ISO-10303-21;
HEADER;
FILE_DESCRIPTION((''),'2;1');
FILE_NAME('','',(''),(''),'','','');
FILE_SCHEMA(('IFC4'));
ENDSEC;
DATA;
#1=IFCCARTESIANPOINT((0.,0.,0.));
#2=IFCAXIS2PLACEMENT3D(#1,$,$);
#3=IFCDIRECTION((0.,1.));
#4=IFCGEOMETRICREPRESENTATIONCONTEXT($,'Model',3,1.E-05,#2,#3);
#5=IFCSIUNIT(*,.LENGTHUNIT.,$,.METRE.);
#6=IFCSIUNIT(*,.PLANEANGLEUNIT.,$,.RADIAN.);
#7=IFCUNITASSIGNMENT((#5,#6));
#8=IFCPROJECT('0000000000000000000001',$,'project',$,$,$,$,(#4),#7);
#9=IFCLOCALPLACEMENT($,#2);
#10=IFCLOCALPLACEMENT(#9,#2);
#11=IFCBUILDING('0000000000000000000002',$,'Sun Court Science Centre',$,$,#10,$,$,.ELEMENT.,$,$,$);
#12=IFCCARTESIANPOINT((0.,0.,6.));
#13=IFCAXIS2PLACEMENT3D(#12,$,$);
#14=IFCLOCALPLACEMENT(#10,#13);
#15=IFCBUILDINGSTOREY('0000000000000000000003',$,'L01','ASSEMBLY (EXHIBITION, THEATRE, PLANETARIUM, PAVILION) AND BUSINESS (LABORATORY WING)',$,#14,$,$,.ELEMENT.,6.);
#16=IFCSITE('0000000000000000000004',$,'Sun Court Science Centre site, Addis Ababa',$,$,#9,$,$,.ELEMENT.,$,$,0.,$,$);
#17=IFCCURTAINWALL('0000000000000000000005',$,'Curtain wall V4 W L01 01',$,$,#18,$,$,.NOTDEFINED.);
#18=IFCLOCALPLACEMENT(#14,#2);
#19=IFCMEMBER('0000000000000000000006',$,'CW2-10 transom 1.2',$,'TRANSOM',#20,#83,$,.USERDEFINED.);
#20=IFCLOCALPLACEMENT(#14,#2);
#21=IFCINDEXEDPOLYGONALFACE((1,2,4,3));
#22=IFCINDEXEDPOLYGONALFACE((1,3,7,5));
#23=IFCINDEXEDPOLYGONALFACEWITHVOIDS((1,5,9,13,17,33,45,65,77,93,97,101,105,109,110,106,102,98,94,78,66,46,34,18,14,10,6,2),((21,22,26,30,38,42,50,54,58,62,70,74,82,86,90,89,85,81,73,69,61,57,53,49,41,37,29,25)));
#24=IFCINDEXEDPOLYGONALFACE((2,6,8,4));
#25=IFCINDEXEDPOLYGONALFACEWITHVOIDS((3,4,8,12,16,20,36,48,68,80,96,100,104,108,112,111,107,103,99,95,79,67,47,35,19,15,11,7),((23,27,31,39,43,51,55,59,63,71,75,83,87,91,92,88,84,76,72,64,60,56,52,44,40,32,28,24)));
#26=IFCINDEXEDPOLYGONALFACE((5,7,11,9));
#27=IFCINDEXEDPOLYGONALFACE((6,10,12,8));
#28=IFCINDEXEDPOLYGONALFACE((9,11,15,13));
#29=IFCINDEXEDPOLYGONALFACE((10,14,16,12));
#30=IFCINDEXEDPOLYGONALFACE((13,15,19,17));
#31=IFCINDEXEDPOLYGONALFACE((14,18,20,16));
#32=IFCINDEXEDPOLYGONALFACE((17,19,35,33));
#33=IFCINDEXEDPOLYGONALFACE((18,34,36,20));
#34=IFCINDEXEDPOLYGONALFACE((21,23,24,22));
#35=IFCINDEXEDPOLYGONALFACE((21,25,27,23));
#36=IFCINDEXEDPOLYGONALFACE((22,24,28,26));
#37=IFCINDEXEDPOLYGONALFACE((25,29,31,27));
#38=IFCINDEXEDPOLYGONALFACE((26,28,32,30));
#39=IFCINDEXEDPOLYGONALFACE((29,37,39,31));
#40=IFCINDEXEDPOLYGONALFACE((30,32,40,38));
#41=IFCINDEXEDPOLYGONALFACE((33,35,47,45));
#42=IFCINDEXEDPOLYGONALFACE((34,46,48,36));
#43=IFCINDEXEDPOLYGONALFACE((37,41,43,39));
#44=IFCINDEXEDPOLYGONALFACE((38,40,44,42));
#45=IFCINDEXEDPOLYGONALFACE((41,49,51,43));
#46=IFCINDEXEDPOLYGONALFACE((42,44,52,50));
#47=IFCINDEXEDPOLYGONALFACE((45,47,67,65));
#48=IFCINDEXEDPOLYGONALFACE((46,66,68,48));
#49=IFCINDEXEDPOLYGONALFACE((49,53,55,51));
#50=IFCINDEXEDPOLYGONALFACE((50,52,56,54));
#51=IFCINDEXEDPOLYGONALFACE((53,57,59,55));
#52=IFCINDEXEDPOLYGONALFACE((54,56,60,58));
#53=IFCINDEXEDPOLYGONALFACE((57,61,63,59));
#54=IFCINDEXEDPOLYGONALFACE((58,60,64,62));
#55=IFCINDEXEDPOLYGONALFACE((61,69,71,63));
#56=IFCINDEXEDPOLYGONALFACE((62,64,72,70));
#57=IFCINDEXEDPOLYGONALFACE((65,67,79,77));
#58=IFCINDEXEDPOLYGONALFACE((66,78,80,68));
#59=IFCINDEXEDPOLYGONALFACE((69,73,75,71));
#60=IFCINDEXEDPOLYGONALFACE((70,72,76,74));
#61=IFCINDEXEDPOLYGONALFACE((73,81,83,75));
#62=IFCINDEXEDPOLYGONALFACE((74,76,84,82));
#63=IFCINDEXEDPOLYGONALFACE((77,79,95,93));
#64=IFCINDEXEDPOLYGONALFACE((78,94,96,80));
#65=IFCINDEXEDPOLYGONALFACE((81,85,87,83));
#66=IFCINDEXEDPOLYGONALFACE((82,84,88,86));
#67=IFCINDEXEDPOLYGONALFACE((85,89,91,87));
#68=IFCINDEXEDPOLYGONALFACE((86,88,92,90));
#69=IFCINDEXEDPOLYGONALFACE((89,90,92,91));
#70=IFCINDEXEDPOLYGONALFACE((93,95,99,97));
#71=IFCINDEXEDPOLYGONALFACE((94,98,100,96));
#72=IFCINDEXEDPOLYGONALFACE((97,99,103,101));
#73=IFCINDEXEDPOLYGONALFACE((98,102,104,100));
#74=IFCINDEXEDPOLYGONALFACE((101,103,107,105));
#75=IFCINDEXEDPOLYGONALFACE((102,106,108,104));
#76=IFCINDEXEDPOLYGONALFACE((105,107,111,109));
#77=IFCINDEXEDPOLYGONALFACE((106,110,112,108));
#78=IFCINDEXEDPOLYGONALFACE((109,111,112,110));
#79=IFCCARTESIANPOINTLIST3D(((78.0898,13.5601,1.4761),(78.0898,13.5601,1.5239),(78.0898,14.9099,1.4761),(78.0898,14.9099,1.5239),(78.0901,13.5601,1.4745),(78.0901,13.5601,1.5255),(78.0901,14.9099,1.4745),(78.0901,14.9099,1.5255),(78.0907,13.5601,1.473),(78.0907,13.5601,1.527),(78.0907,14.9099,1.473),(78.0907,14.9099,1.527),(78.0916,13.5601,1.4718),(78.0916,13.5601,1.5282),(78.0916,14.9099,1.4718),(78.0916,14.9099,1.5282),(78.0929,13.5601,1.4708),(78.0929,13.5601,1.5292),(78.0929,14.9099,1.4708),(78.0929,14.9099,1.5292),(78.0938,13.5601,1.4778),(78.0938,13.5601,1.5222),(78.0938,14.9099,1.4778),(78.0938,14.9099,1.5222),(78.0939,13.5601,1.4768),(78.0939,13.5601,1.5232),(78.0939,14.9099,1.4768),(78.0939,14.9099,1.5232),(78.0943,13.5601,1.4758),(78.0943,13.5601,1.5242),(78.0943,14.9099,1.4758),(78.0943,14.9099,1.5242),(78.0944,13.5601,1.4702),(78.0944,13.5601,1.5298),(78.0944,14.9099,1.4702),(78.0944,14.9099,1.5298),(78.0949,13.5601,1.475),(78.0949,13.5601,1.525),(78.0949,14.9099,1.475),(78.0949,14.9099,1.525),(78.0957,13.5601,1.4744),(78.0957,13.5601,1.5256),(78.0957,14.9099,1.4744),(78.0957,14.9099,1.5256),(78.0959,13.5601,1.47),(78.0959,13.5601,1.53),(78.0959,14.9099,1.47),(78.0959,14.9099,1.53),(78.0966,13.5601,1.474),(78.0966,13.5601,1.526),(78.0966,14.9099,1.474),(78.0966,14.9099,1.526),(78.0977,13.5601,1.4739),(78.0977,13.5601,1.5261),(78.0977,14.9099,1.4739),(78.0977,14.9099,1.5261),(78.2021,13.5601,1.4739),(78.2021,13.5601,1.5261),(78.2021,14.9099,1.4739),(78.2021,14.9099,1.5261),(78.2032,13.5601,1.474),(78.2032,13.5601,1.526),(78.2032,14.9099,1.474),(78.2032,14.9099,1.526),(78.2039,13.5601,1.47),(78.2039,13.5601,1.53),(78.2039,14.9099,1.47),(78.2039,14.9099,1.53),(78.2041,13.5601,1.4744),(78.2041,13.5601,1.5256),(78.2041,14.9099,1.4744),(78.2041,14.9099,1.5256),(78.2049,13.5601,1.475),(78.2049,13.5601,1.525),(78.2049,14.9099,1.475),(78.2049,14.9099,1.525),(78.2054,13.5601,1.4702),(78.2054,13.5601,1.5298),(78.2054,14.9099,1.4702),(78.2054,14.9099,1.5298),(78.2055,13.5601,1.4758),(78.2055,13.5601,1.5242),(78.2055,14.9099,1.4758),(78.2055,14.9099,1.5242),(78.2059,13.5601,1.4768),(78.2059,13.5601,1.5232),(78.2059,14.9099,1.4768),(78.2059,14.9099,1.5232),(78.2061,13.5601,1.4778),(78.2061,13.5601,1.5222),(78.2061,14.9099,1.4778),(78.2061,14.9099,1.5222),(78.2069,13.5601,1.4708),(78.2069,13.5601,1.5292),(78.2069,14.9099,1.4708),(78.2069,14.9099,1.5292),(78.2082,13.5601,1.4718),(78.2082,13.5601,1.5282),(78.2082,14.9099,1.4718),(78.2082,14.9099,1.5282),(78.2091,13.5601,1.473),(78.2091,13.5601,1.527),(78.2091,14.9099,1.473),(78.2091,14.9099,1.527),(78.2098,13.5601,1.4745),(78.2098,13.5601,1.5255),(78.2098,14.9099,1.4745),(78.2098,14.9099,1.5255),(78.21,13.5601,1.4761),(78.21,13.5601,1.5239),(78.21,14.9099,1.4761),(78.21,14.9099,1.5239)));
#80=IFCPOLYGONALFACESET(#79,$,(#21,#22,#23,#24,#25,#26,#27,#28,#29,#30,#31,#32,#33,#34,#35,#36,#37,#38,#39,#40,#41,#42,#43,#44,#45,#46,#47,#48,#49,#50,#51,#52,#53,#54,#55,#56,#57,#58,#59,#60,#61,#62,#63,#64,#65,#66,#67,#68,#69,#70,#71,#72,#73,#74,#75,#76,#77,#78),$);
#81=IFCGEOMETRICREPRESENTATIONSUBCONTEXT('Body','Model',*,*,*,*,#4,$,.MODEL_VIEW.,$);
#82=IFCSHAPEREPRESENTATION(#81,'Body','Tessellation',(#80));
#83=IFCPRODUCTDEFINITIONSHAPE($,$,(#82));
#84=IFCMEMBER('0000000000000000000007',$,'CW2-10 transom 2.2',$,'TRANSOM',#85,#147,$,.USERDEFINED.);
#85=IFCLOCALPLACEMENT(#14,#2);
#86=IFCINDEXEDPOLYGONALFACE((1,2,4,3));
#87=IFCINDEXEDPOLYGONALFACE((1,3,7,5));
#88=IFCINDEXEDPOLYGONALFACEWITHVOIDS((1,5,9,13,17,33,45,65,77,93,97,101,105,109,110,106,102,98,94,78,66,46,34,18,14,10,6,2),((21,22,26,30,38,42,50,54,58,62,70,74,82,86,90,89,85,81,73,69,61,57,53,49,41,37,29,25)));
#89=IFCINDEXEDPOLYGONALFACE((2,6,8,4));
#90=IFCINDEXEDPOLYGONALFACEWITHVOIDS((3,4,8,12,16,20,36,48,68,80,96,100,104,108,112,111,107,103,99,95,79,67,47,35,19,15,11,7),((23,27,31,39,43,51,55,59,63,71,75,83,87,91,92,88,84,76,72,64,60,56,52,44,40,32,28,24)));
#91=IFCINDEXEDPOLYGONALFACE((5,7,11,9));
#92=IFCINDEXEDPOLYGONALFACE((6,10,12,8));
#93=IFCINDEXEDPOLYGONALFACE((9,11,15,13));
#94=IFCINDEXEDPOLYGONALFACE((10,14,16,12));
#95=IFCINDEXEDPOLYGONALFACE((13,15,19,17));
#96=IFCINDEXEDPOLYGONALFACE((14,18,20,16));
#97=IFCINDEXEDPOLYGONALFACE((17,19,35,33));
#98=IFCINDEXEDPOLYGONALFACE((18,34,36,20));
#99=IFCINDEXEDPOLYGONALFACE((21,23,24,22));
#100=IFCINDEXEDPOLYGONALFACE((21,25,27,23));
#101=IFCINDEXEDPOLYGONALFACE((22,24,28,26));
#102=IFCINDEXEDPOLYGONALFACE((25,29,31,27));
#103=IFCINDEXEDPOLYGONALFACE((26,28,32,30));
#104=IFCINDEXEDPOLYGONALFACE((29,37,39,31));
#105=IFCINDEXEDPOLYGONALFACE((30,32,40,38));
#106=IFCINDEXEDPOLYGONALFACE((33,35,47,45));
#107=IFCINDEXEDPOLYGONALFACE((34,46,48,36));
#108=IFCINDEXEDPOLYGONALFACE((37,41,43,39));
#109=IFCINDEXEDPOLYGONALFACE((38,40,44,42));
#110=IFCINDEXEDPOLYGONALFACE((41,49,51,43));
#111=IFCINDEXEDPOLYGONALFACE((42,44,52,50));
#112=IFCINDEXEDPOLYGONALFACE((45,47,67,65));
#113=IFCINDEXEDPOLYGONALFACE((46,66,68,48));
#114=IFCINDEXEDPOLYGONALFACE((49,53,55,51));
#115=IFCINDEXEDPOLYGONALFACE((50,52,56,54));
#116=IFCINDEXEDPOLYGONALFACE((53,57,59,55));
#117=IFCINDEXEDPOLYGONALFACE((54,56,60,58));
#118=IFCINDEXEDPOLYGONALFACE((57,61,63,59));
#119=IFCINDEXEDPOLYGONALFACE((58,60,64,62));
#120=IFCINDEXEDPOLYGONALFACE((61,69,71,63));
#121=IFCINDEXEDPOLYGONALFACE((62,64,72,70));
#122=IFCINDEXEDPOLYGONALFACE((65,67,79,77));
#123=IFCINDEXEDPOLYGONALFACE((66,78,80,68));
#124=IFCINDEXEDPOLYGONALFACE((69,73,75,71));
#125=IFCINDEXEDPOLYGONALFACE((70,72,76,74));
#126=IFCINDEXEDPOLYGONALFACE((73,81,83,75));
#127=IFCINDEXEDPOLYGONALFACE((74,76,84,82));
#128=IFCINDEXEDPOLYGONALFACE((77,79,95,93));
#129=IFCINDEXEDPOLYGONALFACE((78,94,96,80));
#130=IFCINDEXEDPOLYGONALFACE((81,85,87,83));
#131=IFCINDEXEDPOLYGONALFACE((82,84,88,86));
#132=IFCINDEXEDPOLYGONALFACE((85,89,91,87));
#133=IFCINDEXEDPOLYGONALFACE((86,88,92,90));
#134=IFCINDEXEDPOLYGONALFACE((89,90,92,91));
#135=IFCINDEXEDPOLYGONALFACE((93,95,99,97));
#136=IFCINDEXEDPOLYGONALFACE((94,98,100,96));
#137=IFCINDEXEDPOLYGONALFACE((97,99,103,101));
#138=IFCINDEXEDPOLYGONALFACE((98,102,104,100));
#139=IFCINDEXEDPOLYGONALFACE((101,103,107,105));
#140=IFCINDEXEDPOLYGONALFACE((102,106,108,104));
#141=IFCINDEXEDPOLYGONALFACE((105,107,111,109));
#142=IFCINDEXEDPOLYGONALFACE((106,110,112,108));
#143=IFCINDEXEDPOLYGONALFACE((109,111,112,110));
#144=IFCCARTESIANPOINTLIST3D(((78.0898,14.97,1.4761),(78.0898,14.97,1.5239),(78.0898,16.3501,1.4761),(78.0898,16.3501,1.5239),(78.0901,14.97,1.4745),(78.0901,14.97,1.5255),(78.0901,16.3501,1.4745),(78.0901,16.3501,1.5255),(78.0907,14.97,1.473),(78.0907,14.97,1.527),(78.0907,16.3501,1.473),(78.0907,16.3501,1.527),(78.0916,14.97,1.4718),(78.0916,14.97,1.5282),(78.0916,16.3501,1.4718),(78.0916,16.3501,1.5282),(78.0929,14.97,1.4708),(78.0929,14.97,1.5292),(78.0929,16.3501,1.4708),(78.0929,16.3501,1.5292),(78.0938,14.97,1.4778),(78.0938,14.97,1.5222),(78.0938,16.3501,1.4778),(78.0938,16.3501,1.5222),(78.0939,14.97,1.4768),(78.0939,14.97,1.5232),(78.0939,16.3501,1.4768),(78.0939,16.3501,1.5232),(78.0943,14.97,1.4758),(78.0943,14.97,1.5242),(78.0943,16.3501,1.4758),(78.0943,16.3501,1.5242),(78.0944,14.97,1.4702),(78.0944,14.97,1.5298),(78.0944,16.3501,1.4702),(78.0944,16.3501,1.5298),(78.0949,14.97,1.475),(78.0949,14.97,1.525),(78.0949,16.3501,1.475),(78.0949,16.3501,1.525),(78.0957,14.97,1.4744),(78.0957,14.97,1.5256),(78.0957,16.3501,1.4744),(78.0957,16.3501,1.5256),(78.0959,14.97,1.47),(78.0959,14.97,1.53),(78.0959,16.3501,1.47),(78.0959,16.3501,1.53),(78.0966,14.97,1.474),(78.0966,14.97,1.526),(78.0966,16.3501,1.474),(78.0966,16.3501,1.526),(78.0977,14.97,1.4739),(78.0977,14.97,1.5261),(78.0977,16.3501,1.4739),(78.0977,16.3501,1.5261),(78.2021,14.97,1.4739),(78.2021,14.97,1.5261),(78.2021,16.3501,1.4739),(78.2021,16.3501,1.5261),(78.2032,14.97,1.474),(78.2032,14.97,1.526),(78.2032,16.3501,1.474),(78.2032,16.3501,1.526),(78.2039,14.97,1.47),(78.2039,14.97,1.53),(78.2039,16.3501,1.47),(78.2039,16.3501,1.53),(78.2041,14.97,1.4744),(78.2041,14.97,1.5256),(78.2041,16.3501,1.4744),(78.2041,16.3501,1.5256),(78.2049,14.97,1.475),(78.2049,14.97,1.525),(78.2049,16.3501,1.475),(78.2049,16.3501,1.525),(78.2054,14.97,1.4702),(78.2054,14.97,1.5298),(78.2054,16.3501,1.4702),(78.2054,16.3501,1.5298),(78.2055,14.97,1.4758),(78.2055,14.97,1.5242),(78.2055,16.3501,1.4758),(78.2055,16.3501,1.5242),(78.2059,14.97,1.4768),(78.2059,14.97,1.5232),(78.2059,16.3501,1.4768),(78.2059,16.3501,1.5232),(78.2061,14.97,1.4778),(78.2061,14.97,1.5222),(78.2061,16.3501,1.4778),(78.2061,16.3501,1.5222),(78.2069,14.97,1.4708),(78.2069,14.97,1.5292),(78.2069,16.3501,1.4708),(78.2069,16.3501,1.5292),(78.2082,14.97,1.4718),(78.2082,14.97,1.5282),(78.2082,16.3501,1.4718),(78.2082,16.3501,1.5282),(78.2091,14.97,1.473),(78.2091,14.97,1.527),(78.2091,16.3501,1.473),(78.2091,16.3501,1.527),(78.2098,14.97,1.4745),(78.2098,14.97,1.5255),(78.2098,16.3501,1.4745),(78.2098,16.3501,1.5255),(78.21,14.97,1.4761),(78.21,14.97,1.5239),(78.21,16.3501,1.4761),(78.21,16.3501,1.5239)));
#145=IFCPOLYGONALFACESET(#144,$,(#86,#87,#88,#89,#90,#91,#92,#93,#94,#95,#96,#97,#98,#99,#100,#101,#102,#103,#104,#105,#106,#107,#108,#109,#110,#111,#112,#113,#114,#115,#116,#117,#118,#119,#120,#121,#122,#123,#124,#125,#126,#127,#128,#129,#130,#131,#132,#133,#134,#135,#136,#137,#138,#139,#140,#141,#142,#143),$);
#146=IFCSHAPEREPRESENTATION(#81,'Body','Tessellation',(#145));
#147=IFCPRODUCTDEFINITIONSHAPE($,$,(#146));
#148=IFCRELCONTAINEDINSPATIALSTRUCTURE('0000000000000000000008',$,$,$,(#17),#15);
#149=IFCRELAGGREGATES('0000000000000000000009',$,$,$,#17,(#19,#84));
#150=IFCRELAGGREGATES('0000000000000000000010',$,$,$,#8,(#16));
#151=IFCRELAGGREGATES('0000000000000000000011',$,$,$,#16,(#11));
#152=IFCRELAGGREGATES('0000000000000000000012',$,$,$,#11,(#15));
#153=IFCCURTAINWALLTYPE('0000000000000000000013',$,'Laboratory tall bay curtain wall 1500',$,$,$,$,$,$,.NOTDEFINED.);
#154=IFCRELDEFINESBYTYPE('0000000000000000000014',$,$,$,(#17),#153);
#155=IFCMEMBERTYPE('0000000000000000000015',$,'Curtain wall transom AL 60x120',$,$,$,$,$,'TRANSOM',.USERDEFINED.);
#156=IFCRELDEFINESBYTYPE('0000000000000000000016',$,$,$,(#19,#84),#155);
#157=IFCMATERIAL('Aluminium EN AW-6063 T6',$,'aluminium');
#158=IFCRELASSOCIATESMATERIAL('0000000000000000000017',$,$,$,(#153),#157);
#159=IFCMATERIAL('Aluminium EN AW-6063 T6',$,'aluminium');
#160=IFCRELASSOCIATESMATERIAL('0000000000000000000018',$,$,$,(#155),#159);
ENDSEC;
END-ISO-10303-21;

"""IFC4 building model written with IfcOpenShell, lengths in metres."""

from ifc_helpers import new_model, si_unit, direction, frame, origin, origin_2d, place, context, subcontext, project, spatial, hollow_rectangle, extrude, material, material_profile, profile_set, type_object, element, aggregate, save


model = new_model("IFC4")

# Units and contexts
model_context = context("Model", 3, precision=1e-05, world=origin(), true_north=direction((0.0, 1.0)))
body_context = subcontext(model_context, "Body", "Model", "MODEL_VIEW")
ifc_project = project(units=[si_unit("LENGTHUNIT", "METRE"), si_unit("PLANEANGLEUNIT", "RADIAN")], contexts=[model_context])

# Site, building, storey
site_placement = place(None, origin())
site = spatial("IfcSite", under=ifc_project, at=site_placement, Name="Sun Court Science Centre site, Addis Ababa", CompositionType="ELEMENT", RefElevation=0.0)
building_placement = place(site_placement, origin())
building = spatial("IfcBuilding", under=site, at=building_placement, Name="Sun Court Science Centre", CompositionType="ELEMENT")
storey_placement = place(building_placement, frame((0.0, 0.0, 6.0)))
storey = spatial("IfcBuildingStorey", under=building, at=storey_placement, Name="L01", Description="ASSEMBLY (EXHIBITION, THEATRE, PLANETARIUM, PAVILION) AND BUSINESS (LABORATORY WING)", CompositionType="ELEMENT", Elevation=6.0)

# Curtain wall, members
ifc_material_1 = material(Name="Aluminium EN AW-6063 T6", Category="aluminium")
curtain_wall_type = type_object("IfcCurtainWallType", Name="Laboratory tall bay curtain wall 1500", PredefinedType="NOTDEFINED", material=ifc_material_1)
curtain_wall_placement = place(storey_placement, origin())
curtain_wall = element("IfcCurtainWall", 1, at=curtain_wall_placement, inside=storey, type_object=curtain_wall_type, Name="Curtain wall V4 W L01 01", PredefinedType="NOTDEFINED")
ifc_material_2 = material(Name="Aluminium EN AW-6063 T6", Category="aluminium")
ifc_material_profile_1 = material_profile(ifc_material_2, hollow_rectangle(XDim=0.0601, YDim=0.1201, WallThickness=0.0039, InnerFilletRadius=0.0039, OuterFilletRadius=0.0061, at=origin_2d()), Name="AL 60x120x4")
ifc_profile_set_1 = profile_set([ifc_material_profile_1], Name="Aluminium EN AW-6063 T6")
member_type_1 = type_object("IfcMemberType", Name="Curtain wall transom AL 60x120", ElementType="TRANSOM", PredefinedType="USERDEFINED", material=ifc_profile_set_1)
member_1_placement = place(storey_placement, frame((78.1499, 13.5601, 1.5), z_axis=(0.0, 1.0, 0.0), x_axis=(0.0, 0.0, 1.0)))
member_1 = element("IfcMember", 2, at=member_1_placement, type_object=member_type_1, Name="CW2-10 transom 1.2", ObjectType="TRANSOM", PredefinedType="USERDEFINED", context=body_context, shape_type="SweptSolid", body=[
    extrude(hollow_rectangle(XDim=0.0601, YDim=0.1201, WallThickness=0.0039, InnerFilletRadius=0.0039, OuterFilletRadius=0.0061, at=origin_2d()), origin(), (0.0, 0.0, 1.0), 1.3499),
])
member_2_placement = place(storey_placement, frame((78.1499, 14.97, 1.5), z_axis=(0.0, 1.0, 0.0), x_axis=(0.0, 0.0, 1.0)))
member_2 = element("IfcMember", 3, at=member_2_placement, type_object=member_type_1, Name="CW2-10 transom 2.2", ObjectType="TRANSOM", PredefinedType="USERDEFINED", context=body_context, shape_type="SweptSolid", body=[
    extrude(hollow_rectangle(XDim=0.0601, YDim=0.1201, WallThickness=0.0039, InnerFilletRadius=0.0039, OuterFilletRadius=0.0061, at=origin_2d()), origin(), (0.0, 0.0, 1.0), 1.3801),
])

aggregate(curtain_wall, [member_1, member_2])

save(model, "model.ifc")
